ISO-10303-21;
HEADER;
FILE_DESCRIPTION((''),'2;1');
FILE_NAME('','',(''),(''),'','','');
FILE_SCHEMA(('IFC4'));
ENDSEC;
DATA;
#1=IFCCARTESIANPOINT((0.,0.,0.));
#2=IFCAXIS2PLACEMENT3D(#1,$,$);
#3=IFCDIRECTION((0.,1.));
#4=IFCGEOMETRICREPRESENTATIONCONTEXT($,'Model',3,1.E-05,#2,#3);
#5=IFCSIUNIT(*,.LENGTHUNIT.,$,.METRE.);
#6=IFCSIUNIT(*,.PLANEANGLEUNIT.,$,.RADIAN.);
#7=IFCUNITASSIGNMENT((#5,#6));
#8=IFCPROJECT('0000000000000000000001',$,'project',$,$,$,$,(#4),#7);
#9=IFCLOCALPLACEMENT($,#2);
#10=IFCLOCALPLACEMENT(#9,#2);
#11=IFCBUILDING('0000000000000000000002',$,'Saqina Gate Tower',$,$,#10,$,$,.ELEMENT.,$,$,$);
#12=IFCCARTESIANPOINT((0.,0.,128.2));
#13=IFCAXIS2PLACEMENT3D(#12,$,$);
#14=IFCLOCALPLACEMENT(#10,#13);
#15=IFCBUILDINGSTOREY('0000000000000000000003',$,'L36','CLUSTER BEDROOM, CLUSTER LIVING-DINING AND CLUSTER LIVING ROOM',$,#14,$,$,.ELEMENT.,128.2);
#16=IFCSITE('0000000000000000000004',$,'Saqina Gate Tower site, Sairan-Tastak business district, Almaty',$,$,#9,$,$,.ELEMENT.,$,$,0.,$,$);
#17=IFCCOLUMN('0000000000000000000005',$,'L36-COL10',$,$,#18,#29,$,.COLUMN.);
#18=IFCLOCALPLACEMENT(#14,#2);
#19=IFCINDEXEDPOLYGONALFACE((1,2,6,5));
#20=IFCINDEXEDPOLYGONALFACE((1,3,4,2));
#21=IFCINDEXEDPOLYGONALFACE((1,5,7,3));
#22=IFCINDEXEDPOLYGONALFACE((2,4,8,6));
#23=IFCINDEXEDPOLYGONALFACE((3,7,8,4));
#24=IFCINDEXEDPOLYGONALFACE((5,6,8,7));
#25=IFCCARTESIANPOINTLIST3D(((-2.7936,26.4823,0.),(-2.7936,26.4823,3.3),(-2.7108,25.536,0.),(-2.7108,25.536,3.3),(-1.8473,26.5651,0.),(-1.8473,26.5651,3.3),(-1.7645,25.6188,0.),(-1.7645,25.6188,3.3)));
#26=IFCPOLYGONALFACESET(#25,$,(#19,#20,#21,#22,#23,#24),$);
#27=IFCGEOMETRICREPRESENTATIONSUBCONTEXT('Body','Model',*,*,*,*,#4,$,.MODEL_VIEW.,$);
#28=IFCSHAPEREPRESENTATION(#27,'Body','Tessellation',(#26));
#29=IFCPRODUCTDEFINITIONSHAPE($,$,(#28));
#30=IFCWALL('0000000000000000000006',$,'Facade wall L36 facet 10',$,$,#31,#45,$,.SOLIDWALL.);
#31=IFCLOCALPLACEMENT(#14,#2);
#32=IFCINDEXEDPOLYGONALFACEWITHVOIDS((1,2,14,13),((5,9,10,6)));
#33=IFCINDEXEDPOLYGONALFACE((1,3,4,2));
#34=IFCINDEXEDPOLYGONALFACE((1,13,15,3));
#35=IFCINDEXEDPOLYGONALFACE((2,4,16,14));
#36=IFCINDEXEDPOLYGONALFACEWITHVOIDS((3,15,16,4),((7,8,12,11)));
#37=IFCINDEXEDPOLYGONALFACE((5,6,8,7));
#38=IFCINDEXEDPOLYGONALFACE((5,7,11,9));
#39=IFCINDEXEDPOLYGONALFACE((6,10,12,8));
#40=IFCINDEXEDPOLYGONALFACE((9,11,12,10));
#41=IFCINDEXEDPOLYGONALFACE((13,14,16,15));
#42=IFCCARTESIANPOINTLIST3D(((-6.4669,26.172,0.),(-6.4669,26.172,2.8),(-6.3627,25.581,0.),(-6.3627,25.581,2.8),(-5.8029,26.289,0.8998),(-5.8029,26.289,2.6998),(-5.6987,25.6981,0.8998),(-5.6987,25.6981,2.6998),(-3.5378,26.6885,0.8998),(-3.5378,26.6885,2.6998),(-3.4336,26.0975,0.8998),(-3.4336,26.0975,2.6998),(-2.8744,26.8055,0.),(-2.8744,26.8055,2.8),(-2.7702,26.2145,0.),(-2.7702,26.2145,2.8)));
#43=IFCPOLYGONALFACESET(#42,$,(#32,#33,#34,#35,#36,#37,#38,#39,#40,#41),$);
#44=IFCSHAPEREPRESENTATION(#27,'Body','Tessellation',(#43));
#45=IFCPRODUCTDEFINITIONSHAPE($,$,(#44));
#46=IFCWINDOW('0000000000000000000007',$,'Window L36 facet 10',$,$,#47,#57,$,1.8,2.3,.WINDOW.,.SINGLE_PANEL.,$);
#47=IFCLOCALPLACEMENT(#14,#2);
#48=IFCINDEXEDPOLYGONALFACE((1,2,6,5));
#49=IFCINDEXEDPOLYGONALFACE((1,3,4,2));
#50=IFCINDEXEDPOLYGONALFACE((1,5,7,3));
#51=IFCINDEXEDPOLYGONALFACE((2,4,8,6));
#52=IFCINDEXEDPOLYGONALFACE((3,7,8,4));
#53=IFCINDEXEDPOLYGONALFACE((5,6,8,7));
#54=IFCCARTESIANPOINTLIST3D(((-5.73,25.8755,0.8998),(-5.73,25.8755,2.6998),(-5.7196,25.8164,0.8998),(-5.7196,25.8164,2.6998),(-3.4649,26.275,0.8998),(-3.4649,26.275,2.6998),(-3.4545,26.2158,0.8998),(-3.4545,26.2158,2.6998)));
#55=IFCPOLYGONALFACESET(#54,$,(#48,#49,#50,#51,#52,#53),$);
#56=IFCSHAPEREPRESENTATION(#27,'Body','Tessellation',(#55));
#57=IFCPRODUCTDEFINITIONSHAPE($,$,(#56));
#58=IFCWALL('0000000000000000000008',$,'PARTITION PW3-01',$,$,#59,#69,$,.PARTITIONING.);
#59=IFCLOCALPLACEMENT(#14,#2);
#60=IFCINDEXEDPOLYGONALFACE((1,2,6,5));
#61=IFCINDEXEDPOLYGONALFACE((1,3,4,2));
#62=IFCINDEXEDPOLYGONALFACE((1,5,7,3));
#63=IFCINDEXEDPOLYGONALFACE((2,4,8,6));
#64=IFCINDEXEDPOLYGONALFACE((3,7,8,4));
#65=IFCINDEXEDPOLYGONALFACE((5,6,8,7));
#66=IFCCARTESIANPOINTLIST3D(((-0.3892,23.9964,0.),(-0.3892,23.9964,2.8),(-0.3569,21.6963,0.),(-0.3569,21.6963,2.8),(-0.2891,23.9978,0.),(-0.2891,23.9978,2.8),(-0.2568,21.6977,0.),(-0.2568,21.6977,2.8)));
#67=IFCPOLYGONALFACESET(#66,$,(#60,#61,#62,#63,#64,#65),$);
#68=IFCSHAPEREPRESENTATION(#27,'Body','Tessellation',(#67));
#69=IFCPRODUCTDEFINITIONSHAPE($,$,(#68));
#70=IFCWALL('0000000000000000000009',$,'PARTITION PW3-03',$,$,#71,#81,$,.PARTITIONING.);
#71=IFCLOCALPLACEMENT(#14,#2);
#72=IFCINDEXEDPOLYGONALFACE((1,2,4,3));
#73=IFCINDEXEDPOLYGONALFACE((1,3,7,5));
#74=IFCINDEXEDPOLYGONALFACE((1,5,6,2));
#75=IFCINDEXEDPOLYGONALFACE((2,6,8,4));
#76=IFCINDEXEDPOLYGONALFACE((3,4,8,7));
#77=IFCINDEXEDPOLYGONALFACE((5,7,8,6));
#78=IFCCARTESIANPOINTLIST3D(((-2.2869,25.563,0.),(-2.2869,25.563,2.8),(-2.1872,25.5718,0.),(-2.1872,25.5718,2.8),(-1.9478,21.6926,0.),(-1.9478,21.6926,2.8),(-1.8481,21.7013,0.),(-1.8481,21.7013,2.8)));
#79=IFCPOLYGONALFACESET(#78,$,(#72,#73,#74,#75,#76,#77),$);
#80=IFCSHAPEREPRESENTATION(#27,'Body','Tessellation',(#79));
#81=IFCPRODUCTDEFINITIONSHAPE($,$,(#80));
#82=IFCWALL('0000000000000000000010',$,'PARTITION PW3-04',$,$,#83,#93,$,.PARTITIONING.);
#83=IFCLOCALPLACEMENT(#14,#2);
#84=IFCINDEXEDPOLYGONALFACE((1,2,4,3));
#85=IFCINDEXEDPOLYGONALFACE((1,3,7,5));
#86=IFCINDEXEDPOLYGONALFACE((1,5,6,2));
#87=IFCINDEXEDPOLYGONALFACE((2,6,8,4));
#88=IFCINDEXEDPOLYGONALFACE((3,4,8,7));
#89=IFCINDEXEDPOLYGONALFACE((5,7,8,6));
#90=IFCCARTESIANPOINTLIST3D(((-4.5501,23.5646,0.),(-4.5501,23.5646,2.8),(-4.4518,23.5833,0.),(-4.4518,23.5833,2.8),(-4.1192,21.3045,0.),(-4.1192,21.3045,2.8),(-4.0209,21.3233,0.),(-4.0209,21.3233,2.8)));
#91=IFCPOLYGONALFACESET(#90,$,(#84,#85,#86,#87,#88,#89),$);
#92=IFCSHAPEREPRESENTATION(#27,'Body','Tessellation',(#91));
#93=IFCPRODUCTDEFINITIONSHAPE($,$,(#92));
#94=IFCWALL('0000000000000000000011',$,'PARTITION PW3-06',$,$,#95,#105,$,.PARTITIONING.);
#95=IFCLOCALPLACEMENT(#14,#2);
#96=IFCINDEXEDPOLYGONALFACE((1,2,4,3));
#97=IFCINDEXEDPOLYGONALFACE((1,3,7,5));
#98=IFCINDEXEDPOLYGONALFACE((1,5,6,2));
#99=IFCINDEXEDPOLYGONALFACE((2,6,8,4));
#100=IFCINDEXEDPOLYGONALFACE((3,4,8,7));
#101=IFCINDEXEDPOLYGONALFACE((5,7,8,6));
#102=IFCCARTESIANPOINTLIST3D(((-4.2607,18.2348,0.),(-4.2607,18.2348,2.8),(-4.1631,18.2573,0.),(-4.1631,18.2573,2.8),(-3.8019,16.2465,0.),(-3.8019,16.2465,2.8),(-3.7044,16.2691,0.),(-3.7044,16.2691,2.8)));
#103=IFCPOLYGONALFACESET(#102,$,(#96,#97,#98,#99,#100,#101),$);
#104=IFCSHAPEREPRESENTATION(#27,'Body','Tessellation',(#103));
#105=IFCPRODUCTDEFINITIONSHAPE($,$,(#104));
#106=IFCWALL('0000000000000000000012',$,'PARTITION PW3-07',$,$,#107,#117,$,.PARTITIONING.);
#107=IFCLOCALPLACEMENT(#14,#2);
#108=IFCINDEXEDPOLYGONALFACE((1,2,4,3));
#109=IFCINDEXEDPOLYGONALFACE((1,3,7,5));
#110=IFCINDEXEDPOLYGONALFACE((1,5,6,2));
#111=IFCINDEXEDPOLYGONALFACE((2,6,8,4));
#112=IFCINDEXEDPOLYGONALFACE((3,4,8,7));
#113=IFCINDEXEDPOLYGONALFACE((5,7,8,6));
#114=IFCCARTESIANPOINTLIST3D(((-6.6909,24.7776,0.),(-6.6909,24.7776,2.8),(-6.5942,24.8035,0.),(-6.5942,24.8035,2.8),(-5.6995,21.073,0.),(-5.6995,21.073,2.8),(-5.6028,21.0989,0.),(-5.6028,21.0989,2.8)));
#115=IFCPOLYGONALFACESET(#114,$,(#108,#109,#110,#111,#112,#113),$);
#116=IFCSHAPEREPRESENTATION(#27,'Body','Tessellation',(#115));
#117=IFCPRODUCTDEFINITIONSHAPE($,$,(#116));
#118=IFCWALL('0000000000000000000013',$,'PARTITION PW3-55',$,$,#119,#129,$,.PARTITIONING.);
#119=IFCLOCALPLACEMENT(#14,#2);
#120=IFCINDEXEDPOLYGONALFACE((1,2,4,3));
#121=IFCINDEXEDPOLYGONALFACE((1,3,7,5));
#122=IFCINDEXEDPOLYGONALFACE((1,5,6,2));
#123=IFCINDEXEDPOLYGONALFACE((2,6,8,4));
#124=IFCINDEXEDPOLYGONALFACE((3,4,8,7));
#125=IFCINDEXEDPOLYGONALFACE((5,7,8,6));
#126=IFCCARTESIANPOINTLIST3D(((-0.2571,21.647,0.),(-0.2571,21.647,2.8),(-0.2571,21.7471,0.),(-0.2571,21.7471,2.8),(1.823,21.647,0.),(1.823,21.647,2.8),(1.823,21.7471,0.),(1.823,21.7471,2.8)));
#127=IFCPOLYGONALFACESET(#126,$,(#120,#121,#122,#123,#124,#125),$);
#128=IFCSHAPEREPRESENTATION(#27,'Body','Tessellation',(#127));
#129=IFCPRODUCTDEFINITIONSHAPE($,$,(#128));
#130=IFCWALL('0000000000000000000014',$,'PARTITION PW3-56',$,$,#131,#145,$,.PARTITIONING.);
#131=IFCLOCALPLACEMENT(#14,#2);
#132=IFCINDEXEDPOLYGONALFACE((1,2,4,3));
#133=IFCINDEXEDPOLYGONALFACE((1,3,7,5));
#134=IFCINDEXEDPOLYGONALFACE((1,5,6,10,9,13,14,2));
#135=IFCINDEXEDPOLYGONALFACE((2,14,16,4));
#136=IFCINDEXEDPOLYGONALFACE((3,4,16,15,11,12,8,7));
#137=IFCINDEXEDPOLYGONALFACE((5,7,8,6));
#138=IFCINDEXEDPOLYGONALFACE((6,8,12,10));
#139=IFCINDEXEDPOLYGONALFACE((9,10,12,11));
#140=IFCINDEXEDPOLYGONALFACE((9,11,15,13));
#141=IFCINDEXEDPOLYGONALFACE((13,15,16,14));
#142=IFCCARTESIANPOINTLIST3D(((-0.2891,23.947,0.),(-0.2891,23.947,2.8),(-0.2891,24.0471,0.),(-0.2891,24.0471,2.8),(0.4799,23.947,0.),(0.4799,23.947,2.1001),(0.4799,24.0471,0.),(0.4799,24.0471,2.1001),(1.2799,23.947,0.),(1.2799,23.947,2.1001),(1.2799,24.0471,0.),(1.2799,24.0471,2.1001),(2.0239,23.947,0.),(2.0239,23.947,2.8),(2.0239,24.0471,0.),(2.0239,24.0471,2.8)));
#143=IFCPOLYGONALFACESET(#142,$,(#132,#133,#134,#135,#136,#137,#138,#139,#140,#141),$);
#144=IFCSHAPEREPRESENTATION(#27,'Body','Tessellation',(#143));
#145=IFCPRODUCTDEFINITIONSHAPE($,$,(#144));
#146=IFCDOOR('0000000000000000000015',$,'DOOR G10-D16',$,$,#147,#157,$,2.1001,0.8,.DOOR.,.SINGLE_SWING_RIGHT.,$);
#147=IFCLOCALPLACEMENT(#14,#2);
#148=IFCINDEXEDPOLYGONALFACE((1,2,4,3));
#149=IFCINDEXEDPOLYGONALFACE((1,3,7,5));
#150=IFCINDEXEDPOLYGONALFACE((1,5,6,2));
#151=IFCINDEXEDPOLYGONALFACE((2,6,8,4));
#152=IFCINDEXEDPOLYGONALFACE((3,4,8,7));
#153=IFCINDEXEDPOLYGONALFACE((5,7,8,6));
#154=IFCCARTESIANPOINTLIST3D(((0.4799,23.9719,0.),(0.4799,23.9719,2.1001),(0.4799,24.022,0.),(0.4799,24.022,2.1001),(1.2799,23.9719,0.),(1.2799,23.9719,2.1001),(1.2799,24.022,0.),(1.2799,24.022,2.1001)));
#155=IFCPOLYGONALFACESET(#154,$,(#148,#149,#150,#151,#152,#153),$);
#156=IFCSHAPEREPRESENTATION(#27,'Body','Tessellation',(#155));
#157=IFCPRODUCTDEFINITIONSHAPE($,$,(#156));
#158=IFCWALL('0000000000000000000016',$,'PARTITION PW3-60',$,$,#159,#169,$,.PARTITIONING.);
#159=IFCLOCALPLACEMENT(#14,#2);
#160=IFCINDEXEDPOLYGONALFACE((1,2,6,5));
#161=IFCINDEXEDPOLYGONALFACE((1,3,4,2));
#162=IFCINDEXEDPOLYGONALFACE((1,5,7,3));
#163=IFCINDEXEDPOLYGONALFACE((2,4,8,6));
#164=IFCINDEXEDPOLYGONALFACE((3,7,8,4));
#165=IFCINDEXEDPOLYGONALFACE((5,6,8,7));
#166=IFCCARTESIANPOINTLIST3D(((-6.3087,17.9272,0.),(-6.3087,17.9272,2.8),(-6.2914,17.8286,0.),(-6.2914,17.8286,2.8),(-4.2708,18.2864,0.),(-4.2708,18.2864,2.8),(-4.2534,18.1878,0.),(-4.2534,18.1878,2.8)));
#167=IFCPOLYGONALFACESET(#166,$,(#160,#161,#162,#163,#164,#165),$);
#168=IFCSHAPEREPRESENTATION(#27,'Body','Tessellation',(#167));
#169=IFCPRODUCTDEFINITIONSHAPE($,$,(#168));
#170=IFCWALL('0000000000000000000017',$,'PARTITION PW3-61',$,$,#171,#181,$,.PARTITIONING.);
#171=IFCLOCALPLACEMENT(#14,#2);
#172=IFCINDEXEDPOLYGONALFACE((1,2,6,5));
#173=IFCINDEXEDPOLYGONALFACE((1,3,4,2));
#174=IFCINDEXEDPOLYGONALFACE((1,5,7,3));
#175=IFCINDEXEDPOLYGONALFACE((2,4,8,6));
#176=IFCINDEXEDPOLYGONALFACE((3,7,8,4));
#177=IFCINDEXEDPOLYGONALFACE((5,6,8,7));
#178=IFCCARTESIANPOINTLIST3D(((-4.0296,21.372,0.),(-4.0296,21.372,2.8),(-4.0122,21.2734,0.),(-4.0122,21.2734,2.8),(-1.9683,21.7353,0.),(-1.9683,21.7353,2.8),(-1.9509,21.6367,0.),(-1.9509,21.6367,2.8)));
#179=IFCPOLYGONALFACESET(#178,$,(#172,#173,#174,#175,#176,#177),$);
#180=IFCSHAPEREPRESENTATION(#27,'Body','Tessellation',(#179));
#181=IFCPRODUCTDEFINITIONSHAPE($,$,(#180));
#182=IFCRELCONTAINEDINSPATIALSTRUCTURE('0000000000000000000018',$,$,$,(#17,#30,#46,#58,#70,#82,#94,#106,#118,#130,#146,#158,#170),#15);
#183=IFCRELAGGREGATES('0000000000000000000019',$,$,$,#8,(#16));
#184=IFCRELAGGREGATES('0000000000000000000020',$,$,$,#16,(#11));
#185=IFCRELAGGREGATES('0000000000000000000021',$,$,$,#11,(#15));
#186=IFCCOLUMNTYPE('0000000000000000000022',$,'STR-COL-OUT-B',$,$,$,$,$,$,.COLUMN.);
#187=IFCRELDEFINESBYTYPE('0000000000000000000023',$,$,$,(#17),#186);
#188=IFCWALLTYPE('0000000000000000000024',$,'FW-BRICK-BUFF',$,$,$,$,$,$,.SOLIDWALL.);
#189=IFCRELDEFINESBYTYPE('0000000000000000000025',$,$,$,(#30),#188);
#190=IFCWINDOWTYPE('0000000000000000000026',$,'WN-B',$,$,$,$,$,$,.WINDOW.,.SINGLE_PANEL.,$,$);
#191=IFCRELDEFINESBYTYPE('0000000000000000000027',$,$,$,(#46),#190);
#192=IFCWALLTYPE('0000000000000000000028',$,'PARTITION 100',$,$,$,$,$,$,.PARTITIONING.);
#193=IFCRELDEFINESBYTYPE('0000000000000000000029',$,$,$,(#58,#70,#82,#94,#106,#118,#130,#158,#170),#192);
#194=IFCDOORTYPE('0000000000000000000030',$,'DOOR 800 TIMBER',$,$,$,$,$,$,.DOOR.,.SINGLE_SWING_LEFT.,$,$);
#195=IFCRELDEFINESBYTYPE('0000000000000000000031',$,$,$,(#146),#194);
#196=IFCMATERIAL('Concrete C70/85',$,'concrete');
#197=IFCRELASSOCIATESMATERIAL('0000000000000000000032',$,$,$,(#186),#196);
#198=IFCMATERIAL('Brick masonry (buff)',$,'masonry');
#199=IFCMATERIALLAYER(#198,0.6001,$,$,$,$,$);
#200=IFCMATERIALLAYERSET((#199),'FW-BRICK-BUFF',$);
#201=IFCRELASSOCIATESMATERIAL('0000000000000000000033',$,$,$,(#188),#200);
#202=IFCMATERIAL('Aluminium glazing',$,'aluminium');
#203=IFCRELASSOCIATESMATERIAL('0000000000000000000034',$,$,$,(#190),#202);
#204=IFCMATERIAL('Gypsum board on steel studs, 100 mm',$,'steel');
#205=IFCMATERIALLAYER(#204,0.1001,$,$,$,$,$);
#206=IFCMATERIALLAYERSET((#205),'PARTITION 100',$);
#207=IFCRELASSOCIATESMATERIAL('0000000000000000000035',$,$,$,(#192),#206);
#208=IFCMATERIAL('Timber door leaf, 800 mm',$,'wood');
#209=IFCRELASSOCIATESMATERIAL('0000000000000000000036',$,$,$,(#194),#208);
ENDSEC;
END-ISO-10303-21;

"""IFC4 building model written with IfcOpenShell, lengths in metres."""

from ifc_helpers import new_model, si_unit, direction, frame, frame_2d, origin, origin_2d, place, context, subcontext, project, spatial, rectangle, extrude, material, layer, layer_set, material_profile, profile_set, type_object, element, fill, save


model = new_model("IFC4")

# Units and contexts
model_context = context("Model", 3, precision=1e-05, world=origin(), true_north=direction((0.0, 1.0)))
body_context = subcontext(model_context, "Body", "Model", "MODEL_VIEW")
ifc_project = project(units=[si_unit("LENGTHUNIT", "METRE"), si_unit("PLANEANGLEUNIT", "RADIAN")], contexts=[model_context])

# Site, building, storey
site_placement = place(None, origin())
site = spatial("IfcSite", under=ifc_project, at=site_placement, Name="Saqina Gate Tower site, Sairan-Tastak business district, Almaty", CompositionType="ELEMENT", RefElevation=0.0)
building_placement = place(site_placement, origin())
building = spatial("IfcBuilding", under=site, at=building_placement, Name="Saqina Gate Tower", CompositionType="ELEMENT")
storey_placement = place(building_placement, frame((0.0, 0.0, 128.2)))
storey = spatial("IfcBuildingStorey", under=building, at=storey_placement, Name="L36", Description="CLUSTER BEDROOM, CLUSTER LIVING-DINING AND CLUSTER LIVING ROOM", CompositionType="ELEMENT", Elevation=128.2)

# Column
ifc_material_1 = material(Name="Concrete C70/85", Category="concrete")
ifc_material_profile = material_profile(ifc_material_1, rectangle(XDim=0.95, YDim=0.95, at=origin_2d()), Name="RC 950x950")
ifc_profile_set = profile_set([ifc_material_profile], Name="Concrete C70/85")
column_type = type_object("IfcColumnType", Name="STR-COL-OUT-B", PredefinedType="COLUMN", material=ifc_profile_set)
column_placement = place(storey_placement, frame((-2.2791, 26.0505, 0.0), z_axis=(0.0, 0.0, 1.0), x_axis=(-0.087156, 0.996195, 0.0)))
element("IfcColumn", 1, at=column_placement, inside=storey, type_object=column_type, Name="L36-COL10", PredefinedType="COLUMN", context=body_context, shape_type="SweptSolid", body=[
    extrude(rectangle(XDim=0.95, YDim=0.95, at=origin_2d()), origin(), (0.0, 0.0, 1.0), 3.3),
])

# Wall, opening, window
ifc_material_2 = material(Name="Brick masonry (buff)", Category="masonry")
ifc_layer_1 = layer(ifc_material_2, 0.6001)
ifc_layer_set_1 = layer_set([ifc_layer_1], Name="FW-BRICK-BUFF")
wall_type_1 = type_object("IfcWallType", Name="FW-BRICK-BUFF", PredefinedType="SOLIDWALL", material=ifc_layer_set_1)
wall_1_placement = place(storey_placement, frame((-2.8223, 26.51, 0.0), z_axis=(0.0, 0.0, 1.0), x_axis=(-0.984804, -0.173671, 0.0)))
wall_1 = element("IfcWall", 2, at=wall_1_placement, inside=storey, type_object=wall_type_1, Name="Facade wall L36 facet 10", PredefinedType="SOLIDWALL", context=body_context, shape_type="SweptSolid", body=[
    extrude(rectangle(XDim=3.6479, YDim=0.6001, at=frame_2d((1.824, 0.0))), origin(), (0.0, 0.0, 1.0), 2.8),
])
opening_1_placement = place(wall_1_placement, frame((0.6738, 0.0, 0.8999)))
opening_1 = element("IfcOpeningElement", 3, at=opening_1_placement, cuts=wall_1, PredefinedType="OPENING", context=body_context, shape_type="SweptSolid", body=[
    extrude(rectangle(XDim=2.3, YDim=1.8, at=frame_2d((1.1499, 0.8999))), frame((0.0, 0.312, 0.0), z_axis=(0.0, -1.0, 0.0), x_axis=(1.0, 0.0, 0.0)), (0.0, 0.0, 1.0), 0.624),
])
ifc_material_3 = material(Name="Aluminium glazing", Category="aluminium")
window_type = type_object("IfcWindowType", Name="WN-B", PartitioningType="SINGLE_PANEL", PredefinedType="WINDOW", material=ifc_material_3)
window_placement = place(opening_1_placement, origin())
window = element("IfcWindow", 4, at=window_placement, inside=storey, type_object=window_type, Name="Window L36 facet 10", OverallHeight=1.8, OverallWidth=2.3, PartitioningType="SINGLE_PANEL", PredefinedType="WINDOW", context=body_context, shape_type="SweptSolid", body=[
    extrude(rectangle(XDim=2.3, YDim=1.8, at=frame_2d((1.1499, 0.8999))), frame((0.0, 0.1799, 0.0), z_axis=(0.0, -1.0, 0.0), x_axis=(1.0, 0.0, 0.0)), (0.0, 0.0, 1.0), 0.0601),
])
fill(opening_1, window)

# Walls
ifc_material_4 = material(Name="Gypsum board on steel studs, 100 mm", Category="steel")
ifc_layer_2 = layer(ifc_material_4, 0.1001)
ifc_layer_set_2 = layer_set([ifc_layer_2], Name="PARTITION 100")
wall_type_2 = type_object("IfcWallType", Name="PARTITION 100", PredefinedType="PARTITIONING", material=ifc_layer_set_2)
wall_2_placement = place(storey_placement, frame((-0.3391, 23.9971, 0.0), z_axis=(0.0, 0.0, 1.0), x_axis=(0.01401, -0.999902, 0.0)))
element("IfcWall", 5, at=wall_2_placement, inside=storey, type_object=wall_type_2, Name="PARTITION PW3-01", PredefinedType="PARTITIONING", context=body_context, shape_type="SweptSolid", body=[
    extrude(rectangle(XDim=2.3003, YDim=0.1001, at=frame_2d((1.1501, 0.0))), origin(), (0.0, 0.0, 1.0), 2.8),
])
wall_3_placement = place(storey_placement, frame((-2.2371, 25.5674, 0.0), z_axis=(0.0, 0.0, 1.0), x_axis=(0.087283, -0.996184, 0.0)))
element("IfcWall", 6, at=wall_3_placement, inside=storey, type_object=wall_type_2, Name="PARTITION PW3-03", PredefinedType="PARTITIONING", context=body_context, shape_type="SweptSolid", body=[
    extrude(rectangle(XDim=3.8853, YDim=0.1001, at=frame_2d((1.9426, 0.0))), origin(), (0.0, 0.0, 1.0), 2.8),
])
wall_4_placement = place(storey_placement, frame((-4.501, 23.574, 0.0), z_axis=(0.0, 0.0, 1.0), x_axis=(0.187293, -0.982304, 0.0)))
element("IfcWall", 7, at=wall_4_placement, inside=storey, type_object=wall_type_2, Name="PARTITION PW3-04", PredefinedType="PARTITIONING", context=body_context, shape_type="SweptSolid", body=[
    extrude(rectangle(XDim=2.3008, YDim=0.1001, at=frame_2d((1.1504, 0.0))), origin(), (0.0, 0.0, 1.0), 2.8),
])
wall_5_placement = place(storey_placement, frame((-4.2119, 18.2461, 0.0), z_axis=(0.0, 0.0, 1.0), x_axis=(0.224816, -0.974401, 0.0)))
element("IfcWall", 8, at=wall_5_placement, inside=storey, type_object=wall_type_2, Name="PARTITION PW3-06", PredefinedType="PARTITIONING", context=body_context, shape_type="SweptSolid", body=[
    extrude(rectangle(XDim=2.0405, YDim=0.1001, at=frame_2d((1.0203, 0.0))), origin(), (0.0, 0.0, 1.0), 2.8),
])
wall_6_placement = place(storey_placement, frame((-6.6426, 24.7905, 0.0), z_axis=(0.0, 0.0, 1.0), x_axis=(0.25853, -0.966003, 0.0)))
element("IfcWall", 9, at=wall_6_placement, inside=storey, type_object=wall_type_2, Name="PARTITION PW3-07", PredefinedType="PARTITIONING", context=body_context, shape_type="SweptSolid", body=[
    extrude(rectangle(XDim=3.835, YDim=0.1001, at=frame_2d((1.9175, 0.0))), origin(), (0.0, 0.0, 1.0), 2.8),
])
wall_7_placement = place(storey_placement, frame((-0.2571, 21.697, 0.0), z_axis=(0.0, 0.0, 1.0), x_axis=(1.0, 0.0, 0.0)))
element("IfcWall", 10, at=wall_7_placement, inside=storey, type_object=wall_type_2, Name="PARTITION PW3-55", PredefinedType="PARTITIONING", context=body_context, shape_type="SweptSolid", body=[
    extrude(rectangle(XDim=2.0801, YDim=0.1001, at=frame_2d((1.04, 0.0))), origin(), (0.0, 0.0, 1.0), 2.8),
])

# Wall, opening, door
wall_8_placement = place(storey_placement, frame((-0.2891, 23.9971, 0.0), z_axis=(0.0, 0.0, 1.0), x_axis=(1.0, 0.0, 0.0)))
wall_8 = element("IfcWall", 11, at=wall_8_placement, inside=storey, type_object=wall_type_2, Name="PARTITION PW3-56", PredefinedType="PARTITIONING", context=body_context, shape_type="SweptSolid", body=[
    extrude(rectangle(XDim=2.313, YDim=0.1001, at=frame_2d((1.1565, 0.0))), origin(), (0.0, 0.0, 1.0), 2.8),
])
opening_2_placement = place(wall_8_placement, frame((0.769, 0.0, 0.0)))
opening_2 = element("IfcOpeningElement", 12, at=opening_2_placement, cuts=wall_8, PredefinedType="OPENING", context=body_context, shape_type="SweptSolid", body=[
    extrude(rectangle(XDim=0.8, YDim=2.1001, at=frame_2d((0.3999, 1.05))), frame((0.0, 0.062, 0.0), z_axis=(0.0, -1.0, 0.0), x_axis=(1.0, 0.0, 0.0)), (0.0, 0.0, 1.0), 0.124),
])
ifc_material_5 = material(Name="Timber door leaf, 800 mm", Category="wood")
door_type_1 = type_object("IfcDoorType", Name="DOOR 800 TIMBER", OperationType="SINGLE_SWING_LEFT", PredefinedType="DOOR", material=ifc_material_5)
door_1_placement = place(opening_2_placement, origin())
door_1 = element("IfcDoor", 13, at=door_1_placement, inside=storey, type_object=door_type_1, Name="DOOR G10-D16", OperationType="SINGLE_SWING_RIGHT", OverallHeight=2.1001, OverallWidth=0.8, PredefinedType="DOOR", context=body_context, shape_type="SweptSolid", body=[
    extrude(rectangle(XDim=0.8, YDim=2.1001, at=frame_2d((0.3999, 1.05))), frame((0.0, 0.0249, 0.0), z_axis=(0.0, -1.0, 0.0), x_axis=(1.0, 0.0, 0.0)), (0.0, 0.0, 1.0), 0.05),
])
fill(opening_2, door_1)

# Walls
wall_9_placement = place(storey_placement, frame((-6.3, 17.8779, 0.0), z_axis=(0.0, 0.0, 1.0), x_axis=(0.984824, 0.173556, 0.0)))
element("IfcWall", 14, at=wall_9_placement, inside=storey, type_object=wall_type_2, Name="PARTITION PW3-60", PredefinedType="PARTITIONING", context=body_context, shape_type="SweptSolid", body=[
    extrude(rectangle(XDim=2.0693, YDim=0.1001, at=frame_2d((1.0347, 0.0))), origin(), (0.0, 0.0, 1.0), 2.8),
])
wall_10_placement = place(storey_placement, frame((-4.0208, 21.3228, 0.0), z_axis=(0.0, 0.0, 1.0), x_axis=(0.984822, 0.173566, 0.0)))
element("IfcWall", 15, at=wall_10_placement, inside=storey, type_object=wall_type_2, Name="PARTITION PW3-61", PredefinedType="PARTITIONING", context=body_context, shape_type="SweptSolid", body=[
    extrude(rectangle(XDim=2.093, YDim=0.1001, at=frame_2d((1.0464, 0.0))), origin(), (0.0, 0.0, 1.0), 2.8),
])

save(model, "model.ifc")
